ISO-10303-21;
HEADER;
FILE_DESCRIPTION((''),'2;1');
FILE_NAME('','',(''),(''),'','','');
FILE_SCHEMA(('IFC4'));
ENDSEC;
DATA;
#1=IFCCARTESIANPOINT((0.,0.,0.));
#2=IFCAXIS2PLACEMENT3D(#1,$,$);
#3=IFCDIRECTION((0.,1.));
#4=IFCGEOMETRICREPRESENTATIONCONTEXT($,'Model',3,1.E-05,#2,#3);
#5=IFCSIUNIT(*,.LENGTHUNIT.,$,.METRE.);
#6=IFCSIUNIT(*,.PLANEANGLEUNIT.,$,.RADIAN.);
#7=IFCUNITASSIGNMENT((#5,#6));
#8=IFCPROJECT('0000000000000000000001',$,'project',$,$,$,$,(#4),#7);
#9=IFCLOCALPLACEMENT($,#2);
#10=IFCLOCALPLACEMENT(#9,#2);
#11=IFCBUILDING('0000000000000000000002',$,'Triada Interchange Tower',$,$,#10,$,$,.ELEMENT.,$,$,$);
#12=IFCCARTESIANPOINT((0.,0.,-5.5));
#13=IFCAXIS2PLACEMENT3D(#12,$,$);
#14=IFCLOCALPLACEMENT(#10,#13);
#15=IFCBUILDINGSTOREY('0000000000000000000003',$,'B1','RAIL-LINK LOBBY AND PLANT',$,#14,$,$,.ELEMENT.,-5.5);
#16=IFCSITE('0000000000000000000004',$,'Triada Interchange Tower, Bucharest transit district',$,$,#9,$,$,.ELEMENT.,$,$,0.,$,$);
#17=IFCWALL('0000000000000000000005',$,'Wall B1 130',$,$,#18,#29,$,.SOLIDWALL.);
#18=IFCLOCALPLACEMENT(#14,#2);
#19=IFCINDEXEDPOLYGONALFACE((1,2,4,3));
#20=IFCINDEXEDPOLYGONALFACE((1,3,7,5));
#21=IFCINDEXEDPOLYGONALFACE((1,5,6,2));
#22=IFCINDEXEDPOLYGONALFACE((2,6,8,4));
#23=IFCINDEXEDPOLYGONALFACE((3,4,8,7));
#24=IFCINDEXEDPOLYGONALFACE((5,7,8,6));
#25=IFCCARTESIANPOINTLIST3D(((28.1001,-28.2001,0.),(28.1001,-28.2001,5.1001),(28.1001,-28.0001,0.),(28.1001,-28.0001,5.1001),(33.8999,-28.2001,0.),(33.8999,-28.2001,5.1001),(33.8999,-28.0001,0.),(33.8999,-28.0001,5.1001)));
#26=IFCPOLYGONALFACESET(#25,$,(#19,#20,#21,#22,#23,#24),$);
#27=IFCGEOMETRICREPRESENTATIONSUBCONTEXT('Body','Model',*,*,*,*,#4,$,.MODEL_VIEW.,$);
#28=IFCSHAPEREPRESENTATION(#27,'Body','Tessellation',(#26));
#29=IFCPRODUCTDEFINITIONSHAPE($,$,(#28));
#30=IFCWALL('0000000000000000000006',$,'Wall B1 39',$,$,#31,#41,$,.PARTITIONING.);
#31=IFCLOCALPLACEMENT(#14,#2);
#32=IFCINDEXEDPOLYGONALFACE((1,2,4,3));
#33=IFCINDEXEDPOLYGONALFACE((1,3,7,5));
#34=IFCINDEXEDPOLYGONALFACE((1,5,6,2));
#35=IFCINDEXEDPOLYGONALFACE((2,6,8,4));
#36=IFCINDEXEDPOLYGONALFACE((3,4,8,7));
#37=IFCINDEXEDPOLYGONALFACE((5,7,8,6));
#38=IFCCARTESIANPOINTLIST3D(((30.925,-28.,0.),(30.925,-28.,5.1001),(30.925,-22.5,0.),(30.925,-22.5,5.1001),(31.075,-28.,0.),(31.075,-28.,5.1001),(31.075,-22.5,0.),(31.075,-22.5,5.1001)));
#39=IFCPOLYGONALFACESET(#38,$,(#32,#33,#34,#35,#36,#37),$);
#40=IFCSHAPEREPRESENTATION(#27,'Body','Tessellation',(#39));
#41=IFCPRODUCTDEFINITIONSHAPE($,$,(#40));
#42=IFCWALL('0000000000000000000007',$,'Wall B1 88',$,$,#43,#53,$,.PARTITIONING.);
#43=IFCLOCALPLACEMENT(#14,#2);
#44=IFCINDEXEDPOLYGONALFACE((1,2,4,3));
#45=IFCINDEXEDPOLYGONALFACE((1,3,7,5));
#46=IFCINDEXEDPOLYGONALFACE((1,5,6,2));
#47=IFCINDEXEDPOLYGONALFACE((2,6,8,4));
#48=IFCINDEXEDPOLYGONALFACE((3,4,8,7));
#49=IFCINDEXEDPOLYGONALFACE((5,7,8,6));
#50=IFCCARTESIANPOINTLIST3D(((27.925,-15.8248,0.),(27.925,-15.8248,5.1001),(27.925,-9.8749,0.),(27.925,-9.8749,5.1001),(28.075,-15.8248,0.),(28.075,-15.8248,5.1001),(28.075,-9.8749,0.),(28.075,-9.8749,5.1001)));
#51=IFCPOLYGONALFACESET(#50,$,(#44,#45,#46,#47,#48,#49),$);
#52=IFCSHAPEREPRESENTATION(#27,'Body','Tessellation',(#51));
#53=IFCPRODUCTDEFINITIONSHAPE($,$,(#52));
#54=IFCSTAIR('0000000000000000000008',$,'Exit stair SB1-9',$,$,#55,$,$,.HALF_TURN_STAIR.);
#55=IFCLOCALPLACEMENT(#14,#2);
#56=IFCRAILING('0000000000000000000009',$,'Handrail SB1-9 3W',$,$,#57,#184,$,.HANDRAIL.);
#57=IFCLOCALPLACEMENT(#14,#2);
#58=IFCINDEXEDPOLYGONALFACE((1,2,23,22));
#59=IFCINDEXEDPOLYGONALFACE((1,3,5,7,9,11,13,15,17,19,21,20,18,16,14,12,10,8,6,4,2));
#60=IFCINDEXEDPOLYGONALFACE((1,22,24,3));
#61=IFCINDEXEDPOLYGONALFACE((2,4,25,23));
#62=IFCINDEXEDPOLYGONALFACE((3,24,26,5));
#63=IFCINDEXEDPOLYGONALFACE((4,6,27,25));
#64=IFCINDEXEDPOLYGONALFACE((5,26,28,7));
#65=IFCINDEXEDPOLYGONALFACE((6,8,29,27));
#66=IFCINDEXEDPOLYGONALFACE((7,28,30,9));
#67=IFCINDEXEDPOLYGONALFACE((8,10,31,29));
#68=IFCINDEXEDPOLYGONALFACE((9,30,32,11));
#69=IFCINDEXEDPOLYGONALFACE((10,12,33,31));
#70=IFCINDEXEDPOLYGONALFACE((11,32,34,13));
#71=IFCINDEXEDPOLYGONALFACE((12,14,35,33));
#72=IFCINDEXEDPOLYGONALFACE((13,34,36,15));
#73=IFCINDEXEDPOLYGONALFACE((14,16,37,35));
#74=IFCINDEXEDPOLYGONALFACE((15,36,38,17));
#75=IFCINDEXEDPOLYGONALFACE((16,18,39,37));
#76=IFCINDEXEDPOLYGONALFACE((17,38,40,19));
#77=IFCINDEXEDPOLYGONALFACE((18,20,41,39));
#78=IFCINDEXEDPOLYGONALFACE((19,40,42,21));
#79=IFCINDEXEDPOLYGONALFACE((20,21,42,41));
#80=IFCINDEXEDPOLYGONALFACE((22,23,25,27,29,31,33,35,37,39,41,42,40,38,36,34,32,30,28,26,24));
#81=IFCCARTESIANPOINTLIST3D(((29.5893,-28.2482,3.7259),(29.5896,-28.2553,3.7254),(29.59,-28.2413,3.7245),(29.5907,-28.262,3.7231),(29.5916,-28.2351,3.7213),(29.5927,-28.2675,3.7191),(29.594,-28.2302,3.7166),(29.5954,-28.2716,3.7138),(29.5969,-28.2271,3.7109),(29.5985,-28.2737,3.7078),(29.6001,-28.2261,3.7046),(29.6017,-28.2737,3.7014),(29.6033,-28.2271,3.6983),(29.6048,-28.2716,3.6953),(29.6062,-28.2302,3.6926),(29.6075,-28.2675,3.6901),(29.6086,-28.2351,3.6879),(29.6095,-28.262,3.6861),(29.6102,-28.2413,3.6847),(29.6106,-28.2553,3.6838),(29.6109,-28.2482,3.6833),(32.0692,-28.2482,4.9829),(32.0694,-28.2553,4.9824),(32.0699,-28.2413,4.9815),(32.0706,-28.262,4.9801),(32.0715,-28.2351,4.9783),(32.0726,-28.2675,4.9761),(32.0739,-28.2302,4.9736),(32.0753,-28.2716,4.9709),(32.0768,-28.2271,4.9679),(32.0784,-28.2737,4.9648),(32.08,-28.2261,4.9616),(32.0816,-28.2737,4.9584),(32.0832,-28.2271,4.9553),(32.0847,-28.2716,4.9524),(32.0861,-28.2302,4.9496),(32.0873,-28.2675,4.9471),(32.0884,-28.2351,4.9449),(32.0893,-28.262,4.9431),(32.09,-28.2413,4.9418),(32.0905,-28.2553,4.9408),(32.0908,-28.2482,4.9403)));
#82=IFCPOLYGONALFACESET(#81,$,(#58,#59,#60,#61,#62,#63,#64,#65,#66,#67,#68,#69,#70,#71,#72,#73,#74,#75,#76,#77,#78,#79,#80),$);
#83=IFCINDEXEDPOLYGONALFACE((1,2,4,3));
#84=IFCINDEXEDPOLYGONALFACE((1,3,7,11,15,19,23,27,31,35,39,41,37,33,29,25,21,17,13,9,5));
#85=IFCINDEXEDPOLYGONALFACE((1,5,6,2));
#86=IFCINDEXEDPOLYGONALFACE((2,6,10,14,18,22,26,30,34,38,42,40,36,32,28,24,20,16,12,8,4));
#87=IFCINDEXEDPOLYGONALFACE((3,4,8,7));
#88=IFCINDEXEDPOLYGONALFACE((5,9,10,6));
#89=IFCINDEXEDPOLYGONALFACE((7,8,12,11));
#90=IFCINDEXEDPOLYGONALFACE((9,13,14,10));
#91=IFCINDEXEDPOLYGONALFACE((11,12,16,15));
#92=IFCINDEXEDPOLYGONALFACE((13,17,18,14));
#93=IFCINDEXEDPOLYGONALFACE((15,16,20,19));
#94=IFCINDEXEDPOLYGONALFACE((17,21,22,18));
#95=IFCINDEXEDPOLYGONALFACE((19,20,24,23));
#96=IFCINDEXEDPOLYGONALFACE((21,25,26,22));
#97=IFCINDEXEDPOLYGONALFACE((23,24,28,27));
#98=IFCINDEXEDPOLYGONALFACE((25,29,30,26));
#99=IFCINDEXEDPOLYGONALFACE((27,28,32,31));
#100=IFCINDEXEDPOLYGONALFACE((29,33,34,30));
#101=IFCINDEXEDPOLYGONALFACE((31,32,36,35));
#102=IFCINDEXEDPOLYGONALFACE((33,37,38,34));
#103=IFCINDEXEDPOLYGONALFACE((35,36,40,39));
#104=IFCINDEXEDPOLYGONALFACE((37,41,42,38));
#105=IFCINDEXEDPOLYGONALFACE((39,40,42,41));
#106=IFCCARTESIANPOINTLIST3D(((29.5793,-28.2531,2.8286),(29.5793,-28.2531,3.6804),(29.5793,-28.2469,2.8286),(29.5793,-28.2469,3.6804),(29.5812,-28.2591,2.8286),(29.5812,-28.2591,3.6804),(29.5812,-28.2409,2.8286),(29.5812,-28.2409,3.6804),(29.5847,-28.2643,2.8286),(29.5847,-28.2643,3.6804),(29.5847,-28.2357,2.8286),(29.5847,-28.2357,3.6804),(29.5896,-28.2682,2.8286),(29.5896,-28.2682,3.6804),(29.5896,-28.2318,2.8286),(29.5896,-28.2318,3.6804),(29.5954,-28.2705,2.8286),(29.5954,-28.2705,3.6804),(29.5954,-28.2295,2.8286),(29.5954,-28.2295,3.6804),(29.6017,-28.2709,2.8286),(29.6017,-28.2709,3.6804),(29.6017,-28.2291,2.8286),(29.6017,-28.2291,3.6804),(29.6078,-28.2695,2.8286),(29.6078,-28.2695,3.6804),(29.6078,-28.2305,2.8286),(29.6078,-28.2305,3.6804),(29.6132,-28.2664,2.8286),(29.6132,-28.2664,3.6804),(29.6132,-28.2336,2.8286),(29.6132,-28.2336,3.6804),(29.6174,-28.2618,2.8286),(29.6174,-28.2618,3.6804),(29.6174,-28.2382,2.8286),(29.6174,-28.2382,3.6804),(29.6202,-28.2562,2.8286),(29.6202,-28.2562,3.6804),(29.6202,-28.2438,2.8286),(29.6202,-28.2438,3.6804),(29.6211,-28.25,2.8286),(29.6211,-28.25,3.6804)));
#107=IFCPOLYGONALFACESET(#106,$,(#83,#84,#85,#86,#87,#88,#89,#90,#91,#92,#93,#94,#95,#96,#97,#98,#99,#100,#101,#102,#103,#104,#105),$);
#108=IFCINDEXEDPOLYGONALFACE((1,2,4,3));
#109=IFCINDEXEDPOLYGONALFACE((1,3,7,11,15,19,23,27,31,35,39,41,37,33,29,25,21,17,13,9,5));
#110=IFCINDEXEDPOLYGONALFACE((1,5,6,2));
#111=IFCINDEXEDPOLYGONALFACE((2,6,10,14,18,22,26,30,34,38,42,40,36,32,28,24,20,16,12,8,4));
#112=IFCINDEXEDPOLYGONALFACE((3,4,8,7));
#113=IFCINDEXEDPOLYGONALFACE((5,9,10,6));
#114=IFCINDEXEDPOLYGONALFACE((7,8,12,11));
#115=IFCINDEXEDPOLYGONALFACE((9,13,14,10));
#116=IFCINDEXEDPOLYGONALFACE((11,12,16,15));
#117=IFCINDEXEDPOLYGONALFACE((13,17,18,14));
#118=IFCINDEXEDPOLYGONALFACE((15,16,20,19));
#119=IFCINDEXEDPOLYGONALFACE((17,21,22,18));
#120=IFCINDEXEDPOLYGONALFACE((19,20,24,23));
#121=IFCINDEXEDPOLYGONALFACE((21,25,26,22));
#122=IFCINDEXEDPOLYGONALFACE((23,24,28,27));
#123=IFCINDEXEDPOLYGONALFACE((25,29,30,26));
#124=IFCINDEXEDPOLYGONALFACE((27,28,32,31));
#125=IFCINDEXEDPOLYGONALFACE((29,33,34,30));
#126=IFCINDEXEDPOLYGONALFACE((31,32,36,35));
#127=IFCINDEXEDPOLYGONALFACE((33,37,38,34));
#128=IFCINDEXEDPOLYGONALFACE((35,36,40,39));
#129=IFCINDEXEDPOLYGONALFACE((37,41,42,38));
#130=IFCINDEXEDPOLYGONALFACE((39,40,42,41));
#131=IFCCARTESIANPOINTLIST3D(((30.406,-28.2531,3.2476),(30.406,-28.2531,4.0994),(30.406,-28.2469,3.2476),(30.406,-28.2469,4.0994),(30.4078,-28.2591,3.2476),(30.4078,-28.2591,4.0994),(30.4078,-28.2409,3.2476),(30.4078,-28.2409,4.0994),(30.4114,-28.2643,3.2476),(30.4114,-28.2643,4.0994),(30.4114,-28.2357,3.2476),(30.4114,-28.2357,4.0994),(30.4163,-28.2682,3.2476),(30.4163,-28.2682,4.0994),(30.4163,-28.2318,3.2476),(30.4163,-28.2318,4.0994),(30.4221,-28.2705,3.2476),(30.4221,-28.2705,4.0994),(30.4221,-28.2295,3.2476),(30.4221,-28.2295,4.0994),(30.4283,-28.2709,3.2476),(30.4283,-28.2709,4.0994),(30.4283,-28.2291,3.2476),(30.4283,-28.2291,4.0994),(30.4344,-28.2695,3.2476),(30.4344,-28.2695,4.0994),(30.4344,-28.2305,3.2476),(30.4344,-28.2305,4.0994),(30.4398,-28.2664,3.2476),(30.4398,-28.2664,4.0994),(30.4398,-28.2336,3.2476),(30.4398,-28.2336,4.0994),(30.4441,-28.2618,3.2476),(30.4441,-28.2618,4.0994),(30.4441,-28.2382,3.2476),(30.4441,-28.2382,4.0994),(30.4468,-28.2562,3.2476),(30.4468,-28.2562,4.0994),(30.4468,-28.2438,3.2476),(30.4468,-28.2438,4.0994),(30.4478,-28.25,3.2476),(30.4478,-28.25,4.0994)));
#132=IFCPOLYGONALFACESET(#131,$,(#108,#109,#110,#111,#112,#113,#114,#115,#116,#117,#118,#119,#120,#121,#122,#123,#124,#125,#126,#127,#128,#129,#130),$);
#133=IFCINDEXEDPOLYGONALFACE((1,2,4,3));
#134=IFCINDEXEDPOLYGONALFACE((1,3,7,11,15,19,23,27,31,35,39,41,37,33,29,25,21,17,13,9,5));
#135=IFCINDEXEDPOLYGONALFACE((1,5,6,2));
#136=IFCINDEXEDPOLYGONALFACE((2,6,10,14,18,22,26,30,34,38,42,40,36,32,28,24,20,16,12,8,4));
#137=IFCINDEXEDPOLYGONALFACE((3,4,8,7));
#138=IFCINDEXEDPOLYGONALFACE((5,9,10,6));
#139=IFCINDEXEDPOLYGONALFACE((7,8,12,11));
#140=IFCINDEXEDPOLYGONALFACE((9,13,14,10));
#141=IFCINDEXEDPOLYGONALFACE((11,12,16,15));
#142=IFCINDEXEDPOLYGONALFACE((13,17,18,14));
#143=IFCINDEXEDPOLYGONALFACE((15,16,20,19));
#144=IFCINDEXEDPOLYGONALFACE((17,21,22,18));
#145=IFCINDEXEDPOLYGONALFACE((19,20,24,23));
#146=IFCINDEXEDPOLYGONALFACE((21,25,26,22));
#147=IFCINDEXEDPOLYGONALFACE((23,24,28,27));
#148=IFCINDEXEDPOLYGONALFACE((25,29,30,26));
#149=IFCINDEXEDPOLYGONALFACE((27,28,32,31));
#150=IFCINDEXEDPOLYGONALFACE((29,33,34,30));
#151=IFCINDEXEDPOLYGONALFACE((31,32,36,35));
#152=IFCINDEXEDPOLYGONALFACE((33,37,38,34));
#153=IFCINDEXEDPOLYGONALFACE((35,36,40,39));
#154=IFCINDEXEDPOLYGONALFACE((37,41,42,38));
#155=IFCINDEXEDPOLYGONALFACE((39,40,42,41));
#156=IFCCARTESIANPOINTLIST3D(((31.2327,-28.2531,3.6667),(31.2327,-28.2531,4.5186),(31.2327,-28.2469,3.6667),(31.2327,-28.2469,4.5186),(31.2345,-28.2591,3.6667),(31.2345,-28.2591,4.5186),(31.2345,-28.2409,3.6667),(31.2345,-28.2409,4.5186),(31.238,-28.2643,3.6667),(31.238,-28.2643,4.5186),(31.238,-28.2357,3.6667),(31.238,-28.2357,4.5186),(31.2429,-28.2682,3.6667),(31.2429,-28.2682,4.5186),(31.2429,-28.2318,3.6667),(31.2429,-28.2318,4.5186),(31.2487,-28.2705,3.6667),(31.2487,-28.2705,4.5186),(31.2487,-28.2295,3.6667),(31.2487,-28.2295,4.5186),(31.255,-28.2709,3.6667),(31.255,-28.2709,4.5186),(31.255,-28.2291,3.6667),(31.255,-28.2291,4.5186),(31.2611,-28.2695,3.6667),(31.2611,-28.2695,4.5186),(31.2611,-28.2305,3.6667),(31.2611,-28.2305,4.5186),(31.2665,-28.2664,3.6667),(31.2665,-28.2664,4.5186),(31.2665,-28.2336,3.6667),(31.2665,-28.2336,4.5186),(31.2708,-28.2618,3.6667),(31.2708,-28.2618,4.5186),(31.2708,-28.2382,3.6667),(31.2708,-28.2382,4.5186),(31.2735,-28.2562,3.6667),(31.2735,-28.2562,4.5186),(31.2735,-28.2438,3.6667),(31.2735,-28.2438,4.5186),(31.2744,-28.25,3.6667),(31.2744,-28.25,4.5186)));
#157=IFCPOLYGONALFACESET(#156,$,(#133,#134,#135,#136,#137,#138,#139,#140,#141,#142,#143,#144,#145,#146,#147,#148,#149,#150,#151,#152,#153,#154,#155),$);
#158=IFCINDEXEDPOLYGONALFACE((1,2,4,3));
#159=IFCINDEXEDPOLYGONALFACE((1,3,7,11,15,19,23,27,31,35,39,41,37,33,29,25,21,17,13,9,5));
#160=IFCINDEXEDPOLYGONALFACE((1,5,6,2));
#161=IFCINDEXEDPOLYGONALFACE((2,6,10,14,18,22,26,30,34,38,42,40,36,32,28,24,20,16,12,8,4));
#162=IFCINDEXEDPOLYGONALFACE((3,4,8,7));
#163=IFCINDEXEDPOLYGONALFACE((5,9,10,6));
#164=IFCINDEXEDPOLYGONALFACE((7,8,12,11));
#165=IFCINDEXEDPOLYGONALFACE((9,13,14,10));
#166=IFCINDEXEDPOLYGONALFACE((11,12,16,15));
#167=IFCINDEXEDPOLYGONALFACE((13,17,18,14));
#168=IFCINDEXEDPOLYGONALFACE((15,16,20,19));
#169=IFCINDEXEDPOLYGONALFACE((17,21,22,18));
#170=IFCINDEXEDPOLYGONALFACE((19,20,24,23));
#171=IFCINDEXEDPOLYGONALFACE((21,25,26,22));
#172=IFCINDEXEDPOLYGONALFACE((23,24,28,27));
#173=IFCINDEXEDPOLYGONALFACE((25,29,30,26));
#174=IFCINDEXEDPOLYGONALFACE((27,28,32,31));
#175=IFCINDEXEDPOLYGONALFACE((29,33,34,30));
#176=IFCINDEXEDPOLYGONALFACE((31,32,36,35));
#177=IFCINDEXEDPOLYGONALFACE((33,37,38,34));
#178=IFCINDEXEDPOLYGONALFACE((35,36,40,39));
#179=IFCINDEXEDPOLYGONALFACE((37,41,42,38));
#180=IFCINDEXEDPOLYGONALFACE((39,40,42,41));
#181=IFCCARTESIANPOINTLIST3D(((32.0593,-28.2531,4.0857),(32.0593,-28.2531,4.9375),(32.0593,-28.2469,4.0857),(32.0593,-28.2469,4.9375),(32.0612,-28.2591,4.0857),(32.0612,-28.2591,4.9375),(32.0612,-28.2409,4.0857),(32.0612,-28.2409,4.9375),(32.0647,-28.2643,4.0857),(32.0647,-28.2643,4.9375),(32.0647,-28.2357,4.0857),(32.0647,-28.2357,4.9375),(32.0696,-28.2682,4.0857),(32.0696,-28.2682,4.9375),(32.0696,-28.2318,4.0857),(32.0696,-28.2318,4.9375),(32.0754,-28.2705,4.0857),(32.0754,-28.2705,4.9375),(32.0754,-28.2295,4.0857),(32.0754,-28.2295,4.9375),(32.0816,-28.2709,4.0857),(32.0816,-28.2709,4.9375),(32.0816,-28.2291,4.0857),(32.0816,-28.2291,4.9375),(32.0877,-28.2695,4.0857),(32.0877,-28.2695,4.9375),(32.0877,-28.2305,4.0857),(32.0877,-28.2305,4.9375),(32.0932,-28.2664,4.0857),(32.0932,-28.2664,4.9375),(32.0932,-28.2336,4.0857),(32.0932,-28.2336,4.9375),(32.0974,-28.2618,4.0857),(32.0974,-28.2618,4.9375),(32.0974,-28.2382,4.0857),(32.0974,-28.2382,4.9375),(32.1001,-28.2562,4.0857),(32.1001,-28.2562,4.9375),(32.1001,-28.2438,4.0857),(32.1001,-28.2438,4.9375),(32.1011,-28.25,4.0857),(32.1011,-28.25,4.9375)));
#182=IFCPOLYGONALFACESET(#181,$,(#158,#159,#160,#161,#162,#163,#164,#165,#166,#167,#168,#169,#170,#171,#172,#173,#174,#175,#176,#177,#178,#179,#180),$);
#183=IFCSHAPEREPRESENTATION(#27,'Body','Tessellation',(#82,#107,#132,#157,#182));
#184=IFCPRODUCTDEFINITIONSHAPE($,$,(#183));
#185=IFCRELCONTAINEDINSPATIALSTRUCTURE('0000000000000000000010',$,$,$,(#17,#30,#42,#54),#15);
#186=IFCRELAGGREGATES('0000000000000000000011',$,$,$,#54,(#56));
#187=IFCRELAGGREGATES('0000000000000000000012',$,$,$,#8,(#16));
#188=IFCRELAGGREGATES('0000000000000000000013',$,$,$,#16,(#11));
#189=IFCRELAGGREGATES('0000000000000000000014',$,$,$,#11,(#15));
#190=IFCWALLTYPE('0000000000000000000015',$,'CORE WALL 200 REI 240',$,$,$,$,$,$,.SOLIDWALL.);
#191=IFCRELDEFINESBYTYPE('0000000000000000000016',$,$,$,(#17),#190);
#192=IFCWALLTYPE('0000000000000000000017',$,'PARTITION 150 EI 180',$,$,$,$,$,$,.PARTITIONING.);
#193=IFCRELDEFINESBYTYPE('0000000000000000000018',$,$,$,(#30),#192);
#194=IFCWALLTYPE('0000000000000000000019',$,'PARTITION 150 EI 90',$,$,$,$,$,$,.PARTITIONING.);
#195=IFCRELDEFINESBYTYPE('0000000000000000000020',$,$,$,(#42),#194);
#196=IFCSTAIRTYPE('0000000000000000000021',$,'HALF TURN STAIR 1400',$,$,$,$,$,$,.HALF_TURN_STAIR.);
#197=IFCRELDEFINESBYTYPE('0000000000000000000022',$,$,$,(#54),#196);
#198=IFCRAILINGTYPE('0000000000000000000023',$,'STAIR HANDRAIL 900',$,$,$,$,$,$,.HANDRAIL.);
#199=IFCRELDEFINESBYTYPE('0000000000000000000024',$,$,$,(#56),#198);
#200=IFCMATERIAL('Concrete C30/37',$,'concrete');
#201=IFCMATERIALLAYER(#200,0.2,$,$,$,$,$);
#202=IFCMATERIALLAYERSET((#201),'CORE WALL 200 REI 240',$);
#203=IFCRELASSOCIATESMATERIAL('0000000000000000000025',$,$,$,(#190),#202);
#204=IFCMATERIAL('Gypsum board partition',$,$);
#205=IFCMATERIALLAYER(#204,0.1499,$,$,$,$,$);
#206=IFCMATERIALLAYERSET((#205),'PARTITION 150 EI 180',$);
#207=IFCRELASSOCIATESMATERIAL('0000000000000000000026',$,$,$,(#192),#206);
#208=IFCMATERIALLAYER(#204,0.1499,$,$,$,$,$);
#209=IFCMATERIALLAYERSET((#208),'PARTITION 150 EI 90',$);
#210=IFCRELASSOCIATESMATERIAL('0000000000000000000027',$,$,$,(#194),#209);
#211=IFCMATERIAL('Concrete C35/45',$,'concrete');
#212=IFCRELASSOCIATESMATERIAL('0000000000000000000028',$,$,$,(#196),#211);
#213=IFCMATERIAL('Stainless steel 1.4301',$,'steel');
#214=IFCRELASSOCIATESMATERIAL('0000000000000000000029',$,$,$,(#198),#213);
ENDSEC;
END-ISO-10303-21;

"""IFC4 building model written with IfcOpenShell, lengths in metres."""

from ifc_helpers import new_model, si_unit, direction, frame, frame_2d, origin, origin_2d, place, context, subcontext, project, spatial, rectangle, circle, extrude, material, layer, layer_set, type_object, element, aggregate, save


model = new_model("IFC4")

# Units and contexts
model_context = context("Model", 3, precision=1e-05, world=origin(), true_north=direction((0.0, 1.0)))
body_context = subcontext(model_context, "Body", "Model", "MODEL_VIEW")
ifc_project = project(units=[si_unit("LENGTHUNIT", "METRE"), si_unit("PLANEANGLEUNIT", "RADIAN")], contexts=[model_context])

# Site, building, storey
site_placement = place(None, origin())
site = spatial("IfcSite", under=ifc_project, at=site_placement, Name="Triada Interchange Tower, Bucharest transit district", CompositionType="ELEMENT", RefElevation=0.0)
building_placement = place(site_placement, origin())
building = spatial("IfcBuilding", under=site, at=building_placement, Name="Triada Interchange Tower", CompositionType="ELEMENT")
storey_placement = place(building_placement, frame((0.0, 0.0, -5.5)))
storey = spatial("IfcBuildingStorey", under=building, at=storey_placement, Name="B1", Description="RAIL-LINK LOBBY AND PLANT", CompositionType="ELEMENT", Elevation=-5.5)

# Shared definitions
ifc_material_1 = material(Name="Concrete C30/37", Category="concrete")

# Shared definitions
ifc_material_2 = material(Name="Concrete C35/45", Category="concrete")

# Walls
ifc_layer_1 = layer(ifc_material_1, 0.2)
ifc_layer_set_1 = layer_set([ifc_layer_1], Name="CORE WALL 200 REI 240")
wall_type_1 = type_object("IfcWallType", Name="CORE WALL 200 REI 240", PredefinedType="SOLIDWALL", material=ifc_layer_set_1)
wall_1_placement = place(storey_placement, frame((28.1001, -28.1001, 0.0), z_axis=(0.0, 0.0, 1.0), x_axis=(1.0, 0.0, 0.0)))
element("IfcWall", 1, at=wall_1_placement, inside=storey, type_object=wall_type_1, Name="Wall B1 130", PredefinedType="SOLIDWALL", context=body_context, shape_type="SweptSolid", body=[
    extrude(rectangle(XDim=5.7998, YDim=0.2, at=frame_2d((2.8999, 0.0))), origin(), (0.0, 0.0, 1.0), 5.1001),
])
ifc_material_3 = material(Name="Gypsum board partition")
ifc_layer_2 = layer(ifc_material_3, 0.1499)
ifc_layer_set_2 = layer_set([ifc_layer_2], Name="PARTITION 150 EI 180")
wall_type_2 = type_object("IfcWallType", Name="PARTITION 150 EI 180", PredefinedType="PARTITIONING", material=ifc_layer_set_2)
wall_2_placement = place(storey_placement, frame((31.0, -28.0, 0.0), z_axis=(0.0, 0.0, 1.0), x_axis=(0.0, 1.0, 0.0)))
element("IfcWall", 2, at=wall_2_placement, inside=storey, type_object=wall_type_2, Name="Wall B1 39", PredefinedType="PARTITIONING", context=body_context, shape_type="SweptSolid", body=[
    extrude(rectangle(XDim=5.5, YDim=0.1499, at=frame_2d((2.75, 0.0))), origin(), (0.0, 0.0, 1.0), 5.1001),
])
ifc_layer_3 = layer(ifc_material_3, 0.1499)
ifc_layer_set_3 = layer_set([ifc_layer_3], Name="PARTITION 150 EI 90")
wall_type_3 = type_object("IfcWallType", Name="PARTITION 150 EI 90", PredefinedType="PARTITIONING", material=ifc_layer_set_3)
wall_3_placement = place(storey_placement, frame((28.0, -15.825, 0.0), z_axis=(0.0, 0.0, 1.0), x_axis=(0.0, 1.0, 0.0)))
element("IfcWall", 3, at=wall_3_placement, inside=storey, type_object=wall_type_3, Name="Wall B1 88", PredefinedType="PARTITIONING", context=body_context, shape_type="SweptSolid", body=[
    extrude(rectangle(XDim=5.95, YDim=0.1499, at=frame_2d((2.9751, 0.0))), origin(), (0.0, 0.0, 1.0), 5.1001),
])

# Stair, railing
stair_type = type_object("IfcStairType", Name="HALF TURN STAIR 1400", PredefinedType="HALF_TURN_STAIR", material=ifc_material_2)
stair_placement = place(storey_placement, origin())
stair = element("IfcStair", 4, at=stair_placement, inside=storey, type_object=stair_type, Name="Exit stair SB1-9", PredefinedType="HALF_TURN_STAIR")
ifc_material_4 = material(Name="Stainless steel 1.4301", Category="steel")
railing_type = type_object("IfcRailingType", Name="STAIR HANDRAIL 900", PredefinedType="HANDRAIL", material=ifc_material_4)
railing_placement = place(storey_placement, frame((29.6001, -28.25, 2.8286)))
railing = element("IfcRailing", 5, at=railing_placement, type_object=railing_type, Name="Handrail SB1-9 3W", PredefinedType="HANDRAIL", context=body_context, shape_type="SweptSolid", body=[
    extrude(circle(Radius=0.0239, at=origin_2d()), frame((0.0, 0.0, 0.876), z_axis=(0.891955, 0.0, 0.452124), x_axis=(0.0, 1.0, 0.0)), (0.0, 0.0, 1.0), 2.7803),
    extrude(circle(Radius=0.021, at=origin_2d()), origin(), (0.0, 0.0, 1.0), 0.8518),
    extrude(circle(Radius=0.021, at=origin_2d()), frame((0.8267, 0.0, 0.4189)), (0.0, 0.0, 1.0), 0.8518),
    extrude(circle(Radius=0.021, at=origin_2d()), frame((1.6533, 0.0, 0.8381)), (0.0, 0.0, 1.0), 0.8518),
    extrude(circle(Radius=0.021, at=origin_2d()), frame((2.48, 0.0, 1.2571)), (0.0, 0.0, 1.0), 0.8518),
])
aggregate(stair, [railing])

save(model, "model.ifc")
